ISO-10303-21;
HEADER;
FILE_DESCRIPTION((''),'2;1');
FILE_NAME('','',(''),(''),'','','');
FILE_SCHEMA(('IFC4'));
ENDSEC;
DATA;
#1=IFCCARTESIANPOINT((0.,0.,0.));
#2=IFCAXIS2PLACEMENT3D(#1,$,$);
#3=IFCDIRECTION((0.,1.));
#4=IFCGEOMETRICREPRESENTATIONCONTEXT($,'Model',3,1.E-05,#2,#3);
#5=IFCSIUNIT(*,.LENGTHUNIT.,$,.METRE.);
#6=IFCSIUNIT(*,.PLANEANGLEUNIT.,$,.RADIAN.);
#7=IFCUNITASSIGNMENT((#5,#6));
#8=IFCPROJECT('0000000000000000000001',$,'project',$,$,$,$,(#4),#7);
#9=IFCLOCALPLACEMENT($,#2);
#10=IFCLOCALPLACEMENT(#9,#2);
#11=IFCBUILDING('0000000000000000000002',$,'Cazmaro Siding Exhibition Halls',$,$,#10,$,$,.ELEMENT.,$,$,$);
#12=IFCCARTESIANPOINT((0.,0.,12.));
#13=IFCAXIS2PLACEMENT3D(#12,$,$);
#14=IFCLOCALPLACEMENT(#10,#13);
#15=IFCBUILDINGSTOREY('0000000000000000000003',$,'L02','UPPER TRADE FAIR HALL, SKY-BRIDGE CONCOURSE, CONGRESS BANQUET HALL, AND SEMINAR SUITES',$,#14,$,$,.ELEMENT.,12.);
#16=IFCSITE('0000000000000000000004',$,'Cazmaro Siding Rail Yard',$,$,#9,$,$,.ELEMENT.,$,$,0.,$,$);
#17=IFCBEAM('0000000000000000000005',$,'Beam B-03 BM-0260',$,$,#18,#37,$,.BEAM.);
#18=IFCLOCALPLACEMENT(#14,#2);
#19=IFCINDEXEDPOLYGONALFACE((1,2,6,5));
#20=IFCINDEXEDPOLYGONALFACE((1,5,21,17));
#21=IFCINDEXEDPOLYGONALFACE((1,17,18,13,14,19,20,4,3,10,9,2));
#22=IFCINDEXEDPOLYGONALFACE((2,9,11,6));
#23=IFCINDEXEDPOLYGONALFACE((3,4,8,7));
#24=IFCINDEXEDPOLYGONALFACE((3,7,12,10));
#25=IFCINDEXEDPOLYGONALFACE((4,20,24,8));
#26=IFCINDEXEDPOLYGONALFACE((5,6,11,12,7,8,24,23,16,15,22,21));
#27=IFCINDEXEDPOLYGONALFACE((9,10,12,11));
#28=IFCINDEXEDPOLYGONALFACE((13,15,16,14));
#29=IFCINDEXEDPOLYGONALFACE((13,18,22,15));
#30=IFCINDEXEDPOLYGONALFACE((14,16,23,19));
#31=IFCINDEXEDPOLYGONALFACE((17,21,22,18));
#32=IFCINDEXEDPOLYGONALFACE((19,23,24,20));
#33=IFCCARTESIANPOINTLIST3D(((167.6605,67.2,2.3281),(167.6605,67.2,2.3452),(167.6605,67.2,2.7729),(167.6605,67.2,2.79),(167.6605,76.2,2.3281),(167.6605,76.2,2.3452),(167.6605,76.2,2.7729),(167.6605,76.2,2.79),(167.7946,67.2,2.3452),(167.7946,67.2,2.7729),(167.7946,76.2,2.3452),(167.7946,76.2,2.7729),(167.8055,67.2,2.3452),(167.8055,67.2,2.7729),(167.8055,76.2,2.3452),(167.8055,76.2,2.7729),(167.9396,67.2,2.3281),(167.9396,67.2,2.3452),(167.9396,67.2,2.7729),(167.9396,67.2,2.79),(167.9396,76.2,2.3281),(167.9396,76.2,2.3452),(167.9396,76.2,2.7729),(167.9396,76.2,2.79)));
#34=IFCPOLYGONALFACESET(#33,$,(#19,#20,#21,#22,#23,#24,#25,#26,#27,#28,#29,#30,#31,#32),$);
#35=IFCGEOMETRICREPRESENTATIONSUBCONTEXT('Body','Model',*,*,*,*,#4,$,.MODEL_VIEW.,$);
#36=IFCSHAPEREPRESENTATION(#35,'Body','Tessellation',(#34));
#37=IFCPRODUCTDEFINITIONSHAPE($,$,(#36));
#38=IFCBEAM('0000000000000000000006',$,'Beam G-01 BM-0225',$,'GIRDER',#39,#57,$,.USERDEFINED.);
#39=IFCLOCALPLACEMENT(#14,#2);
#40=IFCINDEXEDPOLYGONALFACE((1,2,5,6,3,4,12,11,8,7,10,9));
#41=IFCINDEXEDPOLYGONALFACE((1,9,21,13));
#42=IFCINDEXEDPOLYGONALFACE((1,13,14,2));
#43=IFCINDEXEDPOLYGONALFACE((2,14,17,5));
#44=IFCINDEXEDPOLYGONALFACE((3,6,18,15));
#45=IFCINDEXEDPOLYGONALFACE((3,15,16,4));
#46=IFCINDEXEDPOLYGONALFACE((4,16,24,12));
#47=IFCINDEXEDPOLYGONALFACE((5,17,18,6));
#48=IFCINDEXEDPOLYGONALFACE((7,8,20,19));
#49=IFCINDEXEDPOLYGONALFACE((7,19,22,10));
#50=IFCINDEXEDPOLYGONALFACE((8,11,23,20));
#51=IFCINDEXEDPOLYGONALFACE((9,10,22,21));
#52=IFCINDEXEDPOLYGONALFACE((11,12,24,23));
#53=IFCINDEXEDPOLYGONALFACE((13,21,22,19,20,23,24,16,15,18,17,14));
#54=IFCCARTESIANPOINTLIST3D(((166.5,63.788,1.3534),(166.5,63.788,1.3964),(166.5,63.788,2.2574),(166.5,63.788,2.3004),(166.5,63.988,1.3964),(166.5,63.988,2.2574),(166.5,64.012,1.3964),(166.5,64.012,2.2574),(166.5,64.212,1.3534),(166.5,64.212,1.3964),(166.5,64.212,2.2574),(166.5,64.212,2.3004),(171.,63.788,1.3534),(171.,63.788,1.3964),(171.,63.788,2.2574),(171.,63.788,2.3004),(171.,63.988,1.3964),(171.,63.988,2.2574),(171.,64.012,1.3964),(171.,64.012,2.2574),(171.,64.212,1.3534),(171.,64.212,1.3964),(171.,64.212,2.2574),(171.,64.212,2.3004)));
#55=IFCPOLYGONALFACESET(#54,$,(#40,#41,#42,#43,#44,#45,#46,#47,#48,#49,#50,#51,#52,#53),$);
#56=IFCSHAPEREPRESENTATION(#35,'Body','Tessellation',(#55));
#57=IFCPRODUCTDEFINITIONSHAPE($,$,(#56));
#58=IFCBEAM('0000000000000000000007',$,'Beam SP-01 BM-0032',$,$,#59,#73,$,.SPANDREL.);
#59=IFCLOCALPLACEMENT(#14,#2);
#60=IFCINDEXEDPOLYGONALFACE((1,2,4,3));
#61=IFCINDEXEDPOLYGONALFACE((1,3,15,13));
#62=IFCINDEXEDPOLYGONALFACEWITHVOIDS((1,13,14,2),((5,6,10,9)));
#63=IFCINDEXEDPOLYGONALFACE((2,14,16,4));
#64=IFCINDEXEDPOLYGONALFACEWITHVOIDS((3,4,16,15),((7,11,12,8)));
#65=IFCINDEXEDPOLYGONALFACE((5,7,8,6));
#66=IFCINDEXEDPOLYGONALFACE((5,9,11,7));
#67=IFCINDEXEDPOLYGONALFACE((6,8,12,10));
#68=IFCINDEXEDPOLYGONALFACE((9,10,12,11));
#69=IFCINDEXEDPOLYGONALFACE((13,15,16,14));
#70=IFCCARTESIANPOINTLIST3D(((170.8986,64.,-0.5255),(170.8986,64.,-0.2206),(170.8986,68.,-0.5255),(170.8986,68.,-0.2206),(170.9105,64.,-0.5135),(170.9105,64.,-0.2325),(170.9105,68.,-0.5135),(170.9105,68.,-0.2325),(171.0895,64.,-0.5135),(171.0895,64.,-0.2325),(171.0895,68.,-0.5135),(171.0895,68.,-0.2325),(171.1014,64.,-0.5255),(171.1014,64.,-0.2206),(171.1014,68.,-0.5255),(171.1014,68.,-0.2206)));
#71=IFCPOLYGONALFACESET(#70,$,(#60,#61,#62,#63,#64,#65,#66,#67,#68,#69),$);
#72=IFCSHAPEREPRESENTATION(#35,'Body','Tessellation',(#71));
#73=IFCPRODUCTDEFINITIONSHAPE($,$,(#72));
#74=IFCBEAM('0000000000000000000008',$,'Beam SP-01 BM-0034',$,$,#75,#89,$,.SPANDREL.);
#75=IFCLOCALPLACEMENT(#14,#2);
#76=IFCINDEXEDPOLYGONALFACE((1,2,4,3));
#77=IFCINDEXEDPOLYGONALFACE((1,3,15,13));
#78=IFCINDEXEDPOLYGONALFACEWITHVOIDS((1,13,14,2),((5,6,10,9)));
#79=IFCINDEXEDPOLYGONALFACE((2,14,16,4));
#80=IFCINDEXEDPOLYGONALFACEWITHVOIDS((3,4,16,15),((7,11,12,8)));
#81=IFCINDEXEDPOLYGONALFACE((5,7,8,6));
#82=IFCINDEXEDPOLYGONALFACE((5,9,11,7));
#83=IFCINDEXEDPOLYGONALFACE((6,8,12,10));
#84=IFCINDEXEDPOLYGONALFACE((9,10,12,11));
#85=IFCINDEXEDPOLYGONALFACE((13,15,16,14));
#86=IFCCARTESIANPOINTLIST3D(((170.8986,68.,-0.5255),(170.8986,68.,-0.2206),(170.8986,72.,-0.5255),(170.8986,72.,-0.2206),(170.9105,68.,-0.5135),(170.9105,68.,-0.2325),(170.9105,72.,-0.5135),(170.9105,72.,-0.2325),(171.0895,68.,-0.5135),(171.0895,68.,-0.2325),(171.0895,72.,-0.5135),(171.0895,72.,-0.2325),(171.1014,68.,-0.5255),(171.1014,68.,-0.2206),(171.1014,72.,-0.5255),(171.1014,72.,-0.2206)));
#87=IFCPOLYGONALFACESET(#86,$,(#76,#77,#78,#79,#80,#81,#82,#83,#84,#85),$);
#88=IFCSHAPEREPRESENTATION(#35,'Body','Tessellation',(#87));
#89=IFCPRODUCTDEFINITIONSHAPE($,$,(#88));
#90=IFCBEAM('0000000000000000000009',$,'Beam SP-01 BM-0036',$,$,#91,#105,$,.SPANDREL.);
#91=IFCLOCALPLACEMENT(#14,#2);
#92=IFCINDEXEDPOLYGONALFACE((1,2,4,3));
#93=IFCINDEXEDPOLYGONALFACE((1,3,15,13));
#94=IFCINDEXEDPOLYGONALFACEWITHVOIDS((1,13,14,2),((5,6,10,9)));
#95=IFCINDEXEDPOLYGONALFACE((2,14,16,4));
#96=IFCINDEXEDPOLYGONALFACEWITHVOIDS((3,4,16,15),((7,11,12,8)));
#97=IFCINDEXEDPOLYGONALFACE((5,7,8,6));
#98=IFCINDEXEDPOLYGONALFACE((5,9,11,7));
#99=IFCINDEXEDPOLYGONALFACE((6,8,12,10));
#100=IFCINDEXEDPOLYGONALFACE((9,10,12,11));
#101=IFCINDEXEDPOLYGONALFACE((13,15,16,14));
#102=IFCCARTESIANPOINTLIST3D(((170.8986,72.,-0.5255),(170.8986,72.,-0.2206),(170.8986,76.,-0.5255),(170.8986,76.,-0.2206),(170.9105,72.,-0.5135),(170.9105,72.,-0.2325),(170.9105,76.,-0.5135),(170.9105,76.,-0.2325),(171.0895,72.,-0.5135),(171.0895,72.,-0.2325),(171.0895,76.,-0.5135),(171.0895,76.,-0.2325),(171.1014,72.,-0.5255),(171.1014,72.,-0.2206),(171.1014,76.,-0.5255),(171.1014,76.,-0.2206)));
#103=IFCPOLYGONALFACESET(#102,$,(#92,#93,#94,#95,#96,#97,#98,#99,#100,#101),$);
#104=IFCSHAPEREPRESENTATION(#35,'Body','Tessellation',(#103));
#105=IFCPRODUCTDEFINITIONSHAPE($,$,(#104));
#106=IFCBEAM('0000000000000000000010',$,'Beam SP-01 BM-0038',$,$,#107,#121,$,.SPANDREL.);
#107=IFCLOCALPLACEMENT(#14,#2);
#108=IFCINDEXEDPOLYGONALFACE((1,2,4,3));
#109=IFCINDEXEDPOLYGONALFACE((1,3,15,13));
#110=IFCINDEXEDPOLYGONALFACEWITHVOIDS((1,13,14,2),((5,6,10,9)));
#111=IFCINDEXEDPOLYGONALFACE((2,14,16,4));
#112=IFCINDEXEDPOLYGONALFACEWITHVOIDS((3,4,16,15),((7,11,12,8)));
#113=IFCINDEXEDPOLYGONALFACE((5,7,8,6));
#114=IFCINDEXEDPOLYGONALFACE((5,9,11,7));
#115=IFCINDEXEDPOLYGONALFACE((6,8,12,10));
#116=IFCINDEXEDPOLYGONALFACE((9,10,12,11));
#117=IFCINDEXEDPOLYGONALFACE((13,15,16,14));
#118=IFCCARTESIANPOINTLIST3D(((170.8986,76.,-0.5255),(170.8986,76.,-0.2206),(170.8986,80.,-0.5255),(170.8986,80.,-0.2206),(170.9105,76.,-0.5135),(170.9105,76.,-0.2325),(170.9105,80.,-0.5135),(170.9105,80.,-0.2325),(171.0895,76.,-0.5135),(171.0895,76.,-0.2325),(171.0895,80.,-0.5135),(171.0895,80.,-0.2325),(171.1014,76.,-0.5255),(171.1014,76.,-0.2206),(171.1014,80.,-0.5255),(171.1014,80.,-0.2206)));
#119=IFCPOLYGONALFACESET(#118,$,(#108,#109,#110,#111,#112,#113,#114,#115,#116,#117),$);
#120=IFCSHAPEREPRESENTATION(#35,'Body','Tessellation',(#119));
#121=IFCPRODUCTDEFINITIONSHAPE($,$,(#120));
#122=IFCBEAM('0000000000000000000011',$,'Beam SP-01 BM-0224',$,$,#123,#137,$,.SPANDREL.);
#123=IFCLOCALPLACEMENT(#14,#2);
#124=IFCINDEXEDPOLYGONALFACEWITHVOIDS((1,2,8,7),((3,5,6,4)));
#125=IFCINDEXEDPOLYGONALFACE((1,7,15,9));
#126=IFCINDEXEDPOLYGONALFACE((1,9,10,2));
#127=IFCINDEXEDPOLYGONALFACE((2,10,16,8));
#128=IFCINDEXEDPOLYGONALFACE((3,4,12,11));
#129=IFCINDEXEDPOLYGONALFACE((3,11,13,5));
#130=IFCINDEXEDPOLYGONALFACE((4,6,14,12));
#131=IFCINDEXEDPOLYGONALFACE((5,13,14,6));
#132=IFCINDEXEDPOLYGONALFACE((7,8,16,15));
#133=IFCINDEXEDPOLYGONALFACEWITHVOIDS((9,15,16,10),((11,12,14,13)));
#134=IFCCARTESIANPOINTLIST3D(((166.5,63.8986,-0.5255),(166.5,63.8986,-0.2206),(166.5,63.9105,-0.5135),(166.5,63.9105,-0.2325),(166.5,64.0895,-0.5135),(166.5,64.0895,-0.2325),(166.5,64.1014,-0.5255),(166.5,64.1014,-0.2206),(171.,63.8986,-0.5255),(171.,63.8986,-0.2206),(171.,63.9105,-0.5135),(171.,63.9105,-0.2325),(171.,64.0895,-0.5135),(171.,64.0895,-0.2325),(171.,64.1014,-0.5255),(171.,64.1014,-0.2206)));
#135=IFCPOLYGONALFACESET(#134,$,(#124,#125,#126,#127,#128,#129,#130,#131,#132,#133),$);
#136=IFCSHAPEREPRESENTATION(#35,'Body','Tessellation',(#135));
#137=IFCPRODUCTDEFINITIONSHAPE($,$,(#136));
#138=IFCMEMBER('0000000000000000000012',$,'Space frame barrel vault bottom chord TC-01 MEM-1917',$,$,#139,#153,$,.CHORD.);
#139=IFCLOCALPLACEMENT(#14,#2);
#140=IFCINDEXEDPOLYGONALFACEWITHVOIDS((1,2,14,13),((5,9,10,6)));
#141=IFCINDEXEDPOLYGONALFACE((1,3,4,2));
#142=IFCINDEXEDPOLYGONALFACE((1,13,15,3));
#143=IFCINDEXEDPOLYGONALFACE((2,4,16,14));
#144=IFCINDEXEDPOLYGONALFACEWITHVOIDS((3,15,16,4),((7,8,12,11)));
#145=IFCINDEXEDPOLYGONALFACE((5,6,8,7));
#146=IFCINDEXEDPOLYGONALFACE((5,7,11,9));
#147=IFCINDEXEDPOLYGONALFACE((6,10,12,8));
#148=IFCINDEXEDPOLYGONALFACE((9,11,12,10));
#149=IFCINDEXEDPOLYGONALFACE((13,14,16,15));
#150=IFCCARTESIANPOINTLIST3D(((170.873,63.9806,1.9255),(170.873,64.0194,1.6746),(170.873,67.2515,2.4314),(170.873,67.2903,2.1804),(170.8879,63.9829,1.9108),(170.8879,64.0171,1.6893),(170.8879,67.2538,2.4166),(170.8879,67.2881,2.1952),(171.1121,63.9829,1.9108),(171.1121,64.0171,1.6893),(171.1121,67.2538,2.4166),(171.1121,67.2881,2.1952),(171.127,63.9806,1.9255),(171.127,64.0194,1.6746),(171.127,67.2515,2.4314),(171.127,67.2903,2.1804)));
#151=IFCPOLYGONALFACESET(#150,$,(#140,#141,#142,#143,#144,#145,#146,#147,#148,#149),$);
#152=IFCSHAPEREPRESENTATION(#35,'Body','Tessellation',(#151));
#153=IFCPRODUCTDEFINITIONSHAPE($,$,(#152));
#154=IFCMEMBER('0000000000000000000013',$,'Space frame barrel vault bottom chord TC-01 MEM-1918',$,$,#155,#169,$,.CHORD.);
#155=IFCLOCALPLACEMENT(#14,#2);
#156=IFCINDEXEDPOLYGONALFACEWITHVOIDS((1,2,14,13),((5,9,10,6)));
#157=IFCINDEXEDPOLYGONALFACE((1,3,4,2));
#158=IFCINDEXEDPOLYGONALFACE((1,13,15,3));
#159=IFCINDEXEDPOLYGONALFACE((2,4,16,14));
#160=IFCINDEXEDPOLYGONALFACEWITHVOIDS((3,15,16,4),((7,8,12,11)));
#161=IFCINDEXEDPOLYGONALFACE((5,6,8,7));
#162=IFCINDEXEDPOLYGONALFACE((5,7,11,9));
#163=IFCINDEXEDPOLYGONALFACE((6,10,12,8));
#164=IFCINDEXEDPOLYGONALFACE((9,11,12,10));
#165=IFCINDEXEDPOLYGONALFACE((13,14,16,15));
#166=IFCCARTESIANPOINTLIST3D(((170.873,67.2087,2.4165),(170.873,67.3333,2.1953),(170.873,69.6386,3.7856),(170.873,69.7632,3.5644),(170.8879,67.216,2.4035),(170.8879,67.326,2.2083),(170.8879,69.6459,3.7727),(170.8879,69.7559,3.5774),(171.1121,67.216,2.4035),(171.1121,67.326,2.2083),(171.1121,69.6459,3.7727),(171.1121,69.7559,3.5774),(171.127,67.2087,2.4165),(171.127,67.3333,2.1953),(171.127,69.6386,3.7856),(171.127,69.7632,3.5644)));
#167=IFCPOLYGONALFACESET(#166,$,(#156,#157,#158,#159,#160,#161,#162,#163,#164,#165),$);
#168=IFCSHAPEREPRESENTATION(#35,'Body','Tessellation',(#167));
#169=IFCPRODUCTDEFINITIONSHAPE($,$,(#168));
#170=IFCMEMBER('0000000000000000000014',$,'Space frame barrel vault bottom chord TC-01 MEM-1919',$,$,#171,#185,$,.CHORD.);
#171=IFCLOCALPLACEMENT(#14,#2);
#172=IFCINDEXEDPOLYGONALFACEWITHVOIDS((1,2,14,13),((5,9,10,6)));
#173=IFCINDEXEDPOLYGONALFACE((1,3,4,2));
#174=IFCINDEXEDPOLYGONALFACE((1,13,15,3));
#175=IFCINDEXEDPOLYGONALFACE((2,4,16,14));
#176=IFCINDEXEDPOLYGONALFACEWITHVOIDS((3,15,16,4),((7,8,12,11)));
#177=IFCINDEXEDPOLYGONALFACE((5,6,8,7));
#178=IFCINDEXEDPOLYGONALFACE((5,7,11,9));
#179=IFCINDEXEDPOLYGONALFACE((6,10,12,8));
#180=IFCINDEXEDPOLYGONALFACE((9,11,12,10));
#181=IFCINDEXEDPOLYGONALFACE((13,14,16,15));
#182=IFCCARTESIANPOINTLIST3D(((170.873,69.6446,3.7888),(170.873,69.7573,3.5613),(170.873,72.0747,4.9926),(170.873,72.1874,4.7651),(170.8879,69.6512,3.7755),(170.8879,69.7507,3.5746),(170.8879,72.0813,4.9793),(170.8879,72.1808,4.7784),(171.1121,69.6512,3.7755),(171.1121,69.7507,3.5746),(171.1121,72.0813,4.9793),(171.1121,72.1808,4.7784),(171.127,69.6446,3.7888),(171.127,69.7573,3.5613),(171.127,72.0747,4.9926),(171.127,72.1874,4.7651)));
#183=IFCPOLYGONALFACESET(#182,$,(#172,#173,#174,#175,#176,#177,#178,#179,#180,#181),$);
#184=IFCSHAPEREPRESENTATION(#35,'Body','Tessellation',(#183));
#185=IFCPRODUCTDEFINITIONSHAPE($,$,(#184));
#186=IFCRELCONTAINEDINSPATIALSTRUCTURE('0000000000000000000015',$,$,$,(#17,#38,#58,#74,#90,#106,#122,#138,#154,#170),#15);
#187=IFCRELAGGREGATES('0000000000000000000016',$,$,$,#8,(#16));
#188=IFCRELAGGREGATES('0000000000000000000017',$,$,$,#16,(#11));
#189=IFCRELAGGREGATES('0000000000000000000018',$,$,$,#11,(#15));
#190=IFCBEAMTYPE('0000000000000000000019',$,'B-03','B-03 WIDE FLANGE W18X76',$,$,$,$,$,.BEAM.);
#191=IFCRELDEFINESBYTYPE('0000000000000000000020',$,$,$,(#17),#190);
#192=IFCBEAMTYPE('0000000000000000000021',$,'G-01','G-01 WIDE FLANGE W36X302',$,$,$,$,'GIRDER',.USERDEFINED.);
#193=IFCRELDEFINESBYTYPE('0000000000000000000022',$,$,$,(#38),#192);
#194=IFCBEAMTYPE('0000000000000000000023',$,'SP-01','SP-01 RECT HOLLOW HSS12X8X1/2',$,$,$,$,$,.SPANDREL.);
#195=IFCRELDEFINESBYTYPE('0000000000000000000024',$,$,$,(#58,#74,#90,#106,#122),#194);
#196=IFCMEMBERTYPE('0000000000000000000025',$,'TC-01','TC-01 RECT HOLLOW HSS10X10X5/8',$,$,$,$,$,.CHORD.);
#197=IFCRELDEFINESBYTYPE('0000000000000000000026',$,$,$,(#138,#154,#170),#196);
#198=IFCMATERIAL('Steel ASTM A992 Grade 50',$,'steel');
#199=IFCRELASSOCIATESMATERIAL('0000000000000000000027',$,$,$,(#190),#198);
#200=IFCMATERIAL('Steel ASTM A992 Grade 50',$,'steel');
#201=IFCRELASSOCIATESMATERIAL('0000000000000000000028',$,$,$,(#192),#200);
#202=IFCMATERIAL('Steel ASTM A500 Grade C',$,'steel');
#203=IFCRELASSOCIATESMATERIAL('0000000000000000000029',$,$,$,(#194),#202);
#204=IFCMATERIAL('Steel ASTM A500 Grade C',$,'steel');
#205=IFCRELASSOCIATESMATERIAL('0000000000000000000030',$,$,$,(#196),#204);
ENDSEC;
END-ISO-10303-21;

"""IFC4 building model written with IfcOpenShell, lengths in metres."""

from ifc_helpers import new_model, si_unit, direction, frame, origin, origin_2d, place, context, subcontext, project, spatial, hollow_rectangle, i_section, extrude, material, material_profile, profile_set, type_object, element, save


model = new_model("IFC4")

# Units and contexts
model_context = context("Model", 3, precision=1e-05, world=origin(), true_north=direction((0.0, 1.0)))
body_context = subcontext(model_context, "Body", "Model", "MODEL_VIEW")
ifc_project = project(units=[si_unit("LENGTHUNIT", "METRE"), si_unit("PLANEANGLEUNIT", "RADIAN")], contexts=[model_context])

# Site, building, storey
site_placement = place(None, origin())
site = spatial("IfcSite", under=ifc_project, at=site_placement, Name="Cazmaro Siding Rail Yard", CompositionType="ELEMENT", RefElevation=0.0)
building_placement = place(site_placement, origin())
building = spatial("IfcBuilding", under=site, at=building_placement, Name="Cazmaro Siding Exhibition Halls", CompositionType="ELEMENT")
storey_placement = place(building_placement, frame((0.0, 0.0, 12.0)))
storey = spatial("IfcBuildingStorey", under=building, at=storey_placement, Name="L02", Description="UPPER TRADE FAIR HALL, SKY-BRIDGE CONCOURSE, CONGRESS BANQUET HALL, AND SEMINAR SUITES", CompositionType="ELEMENT", Elevation=12.0)

# Beams
ifc_material_1 = material(Name="Steel ASTM A992 Grade 50", Category="steel")
ifc_material_profile_1 = material_profile(ifc_material_1, i_section(OverallWidth=0.2791, OverallDepth=0.4619, WebThickness=0.011, FlangeThickness=0.0171, at=origin_2d()), Name="W18X76")
ifc_profile_set_1 = profile_set([ifc_material_profile_1], Name="Steel ASTM A992 Grade 50")
beam_type_1 = type_object("IfcBeamType", Name="B-03", Description="B-03 WIDE FLANGE W18X76", PredefinedType="BEAM", material=ifc_profile_set_1)
beam_1_placement = place(storey_placement, frame((167.8, 67.2, 2.5591), z_axis=(0.0, 1.0, 0.0), x_axis=(-1.0, 0.0, 0.0)))
element("IfcBeam", 1, at=beam_1_placement, inside=storey, type_object=beam_type_1, Name="Beam B-03 BM-0260", PredefinedType="BEAM", context=body_context, shape_type="SweptSolid", body=[
    extrude(i_section(OverallWidth=0.2791, OverallDepth=0.4619, WebThickness=0.011, FlangeThickness=0.0171, at=origin_2d()), origin(), (0.0, 0.0, 1.0), 9.0),
])
ifc_material_2 = material(Name="Steel ASTM A992 Grade 50", Category="steel")
ifc_material_profile_2 = material_profile(ifc_material_2, i_section(OverallWidth=0.4241, OverallDepth=0.947, WebThickness=0.0239, FlangeThickness=0.043, at=origin_2d()), Name="W36X302")
ifc_profile_set_2 = profile_set([ifc_material_profile_2], Name="Steel ASTM A992 Grade 50")
beam_type_2 = type_object("IfcBeamType", Name="G-01", Description="G-01 WIDE FLANGE W36X302", ElementType="GIRDER", PredefinedType="USERDEFINED", material=ifc_profile_set_2)
beam_2_placement = place(storey_placement, frame((166.5, 64.0, 1.8269), z_axis=(1.0, 0.0, 0.0), x_axis=(0.0, 1.0, 0.0)))
element("IfcBeam", 2, at=beam_2_placement, inside=storey, type_object=beam_type_2, Name="Beam G-01 BM-0225", ObjectType="GIRDER", PredefinedType="USERDEFINED", context=body_context, shape_type="SweptSolid", body=[
    extrude(i_section(OverallWidth=0.4241, OverallDepth=0.947, WebThickness=0.0239, FlangeThickness=0.043, at=origin_2d()), origin(), (0.0, 0.0, 1.0), 4.5),
])
ifc_material_3 = material(Name="Steel ASTM A500 Grade C", Category="steel")
ifc_material_profile_3 = material_profile(ifc_material_3, hollow_rectangle(XDim=0.2029, YDim=0.3049, WallThickness=0.012, at=origin_2d()), Name="HSS12X8X1/2")
ifc_profile_set_3 = profile_set([ifc_material_profile_3], Name="Steel ASTM A500 Grade C")
beam_type_3 = type_object("IfcBeamType", Name="SP-01", Description="SP-01 RECT HOLLOW HSS12X8X1/2", PredefinedType="SPANDREL", material=ifc_profile_set_3)
for number, where, z_axis, x_axis, name in (
    (3, (171.0, 64.0, -0.373), (0.0, 1.0, 0.0), (-1.0, 0.0, 0.0), "Beam SP-01 BM-0032"),
    (4, (171.0, 68.0, -0.373), (0.0, 1.0, 0.0), (-1.0, 0.0, 0.0), "Beam SP-01 BM-0034"),
    (5, (171.0, 72.0, -0.373), (0.0, 1.0, 0.0), (-1.0, 0.0, 0.0), "Beam SP-01 BM-0036"),
    (6, (171.0, 76.0, -0.373), (0.0, 1.0, 0.0), (-1.0, 0.0, 0.0), "Beam SP-01 BM-0038"),
):
    element("IfcBeam", number, at=place(storey_placement, frame(where, z_axis=z_axis, x_axis=x_axis)), inside=storey, type_object=beam_type_3, Name=name, PredefinedType="SPANDREL", context=body_context, shape_type="SweptSolid", body=[
        extrude(hollow_rectangle(XDim=0.2029, YDim=0.3049, WallThickness=0.012, at=origin_2d()), origin(), (0.0, 0.0, 1.0), 4.0),
    ])
beam_3_placement = place(storey_placement, frame((166.5, 64.0, -0.373), z_axis=(1.0, 0.0, 0.0), x_axis=(0.0, 1.0, 0.0)))
element("IfcBeam", 7, at=beam_3_placement, inside=storey, type_object=beam_type_3, Name="Beam SP-01 BM-0224", PredefinedType="SPANDREL", context=body_context, shape_type="SweptSolid", body=[
    extrude(hollow_rectangle(XDim=0.2029, YDim=0.3049, WallThickness=0.012, at=origin_2d()), origin(), (0.0, 0.0, 1.0), 4.5),
])

# Members
ifc_material_4 = material(Name="Steel ASTM A500 Grade C", Category="steel")
ifc_material_profile_4 = material_profile(ifc_material_4, hollow_rectangle(XDim=0.2539, YDim=0.2539, WallThickness=0.0149, at=origin_2d()), Name="HSS10X10X5/8")
ifc_profile_set_4 = profile_set([ifc_material_profile_4], Name="Steel ASTM A500 Grade C")
member_type_1 = type_object("IfcMemberType", Name="TC-01", Description="TC-01 RECT HOLLOW HSS10X10X5/8", PredefinedType="CHORD", material=ifc_profile_set_4)
member_1_placement = place(storey_placement, frame((171.0, 64.0, 1.8), z_axis=(0.0, 0.988252, 0.152833), x_axis=(-1.0, 0.0, 0.0)))
element("IfcMember", 8, at=member_1_placement, inside=storey, type_object=member_type_1, Name="Space frame barrel vault bottom chord TC-01 MEM-1917", PredefinedType="CHORD", context=body_context, shape_type="SweptSolid", body=[
    extrude(hollow_rectangle(XDim=0.2539, YDim=0.2539, WallThickness=0.0149, at=origin_2d()), origin(), (0.0, 0.0, 1.0), 3.3098),
])
member_2_placement = place(storey_placement, frame((171.0, 67.271, 2.3059), z_axis=(0.0, 0.871222, 0.490889), x_axis=(-1.0, 0.0, 0.0)))
element("IfcMember", 9, at=member_2_placement, inside=storey, type_object=member_type_1, Name="Space frame barrel vault bottom chord TC-01 MEM-1918", PredefinedType="CHORD", context=body_context, shape_type="SweptSolid", body=[
    extrude(hollow_rectangle(XDim=0.2539, YDim=0.2539, WallThickness=0.0149, at=origin_2d()), origin(), (0.0, 0.0, 1.0), 2.7891),
])
member_3_placement = place(storey_placement, frame((171.0, 69.7009, 3.675), z_axis=(0.0, 0.896077, 0.443898), x_axis=(-1.0, 0.0, 0.0)))
element("IfcMember", 10, at=member_3_placement, inside=storey, type_object=member_type_1, Name="Space frame barrel vault bottom chord TC-01 MEM-1919", PredefinedType="CHORD", context=body_context, shape_type="SweptSolid", body=[
    extrude(hollow_rectangle(XDim=0.2539, YDim=0.2539, WallThickness=0.0149, at=origin_2d()), origin(), (0.0, 0.0, 1.0), 2.7119),
])

save(model, "model.ifc")
